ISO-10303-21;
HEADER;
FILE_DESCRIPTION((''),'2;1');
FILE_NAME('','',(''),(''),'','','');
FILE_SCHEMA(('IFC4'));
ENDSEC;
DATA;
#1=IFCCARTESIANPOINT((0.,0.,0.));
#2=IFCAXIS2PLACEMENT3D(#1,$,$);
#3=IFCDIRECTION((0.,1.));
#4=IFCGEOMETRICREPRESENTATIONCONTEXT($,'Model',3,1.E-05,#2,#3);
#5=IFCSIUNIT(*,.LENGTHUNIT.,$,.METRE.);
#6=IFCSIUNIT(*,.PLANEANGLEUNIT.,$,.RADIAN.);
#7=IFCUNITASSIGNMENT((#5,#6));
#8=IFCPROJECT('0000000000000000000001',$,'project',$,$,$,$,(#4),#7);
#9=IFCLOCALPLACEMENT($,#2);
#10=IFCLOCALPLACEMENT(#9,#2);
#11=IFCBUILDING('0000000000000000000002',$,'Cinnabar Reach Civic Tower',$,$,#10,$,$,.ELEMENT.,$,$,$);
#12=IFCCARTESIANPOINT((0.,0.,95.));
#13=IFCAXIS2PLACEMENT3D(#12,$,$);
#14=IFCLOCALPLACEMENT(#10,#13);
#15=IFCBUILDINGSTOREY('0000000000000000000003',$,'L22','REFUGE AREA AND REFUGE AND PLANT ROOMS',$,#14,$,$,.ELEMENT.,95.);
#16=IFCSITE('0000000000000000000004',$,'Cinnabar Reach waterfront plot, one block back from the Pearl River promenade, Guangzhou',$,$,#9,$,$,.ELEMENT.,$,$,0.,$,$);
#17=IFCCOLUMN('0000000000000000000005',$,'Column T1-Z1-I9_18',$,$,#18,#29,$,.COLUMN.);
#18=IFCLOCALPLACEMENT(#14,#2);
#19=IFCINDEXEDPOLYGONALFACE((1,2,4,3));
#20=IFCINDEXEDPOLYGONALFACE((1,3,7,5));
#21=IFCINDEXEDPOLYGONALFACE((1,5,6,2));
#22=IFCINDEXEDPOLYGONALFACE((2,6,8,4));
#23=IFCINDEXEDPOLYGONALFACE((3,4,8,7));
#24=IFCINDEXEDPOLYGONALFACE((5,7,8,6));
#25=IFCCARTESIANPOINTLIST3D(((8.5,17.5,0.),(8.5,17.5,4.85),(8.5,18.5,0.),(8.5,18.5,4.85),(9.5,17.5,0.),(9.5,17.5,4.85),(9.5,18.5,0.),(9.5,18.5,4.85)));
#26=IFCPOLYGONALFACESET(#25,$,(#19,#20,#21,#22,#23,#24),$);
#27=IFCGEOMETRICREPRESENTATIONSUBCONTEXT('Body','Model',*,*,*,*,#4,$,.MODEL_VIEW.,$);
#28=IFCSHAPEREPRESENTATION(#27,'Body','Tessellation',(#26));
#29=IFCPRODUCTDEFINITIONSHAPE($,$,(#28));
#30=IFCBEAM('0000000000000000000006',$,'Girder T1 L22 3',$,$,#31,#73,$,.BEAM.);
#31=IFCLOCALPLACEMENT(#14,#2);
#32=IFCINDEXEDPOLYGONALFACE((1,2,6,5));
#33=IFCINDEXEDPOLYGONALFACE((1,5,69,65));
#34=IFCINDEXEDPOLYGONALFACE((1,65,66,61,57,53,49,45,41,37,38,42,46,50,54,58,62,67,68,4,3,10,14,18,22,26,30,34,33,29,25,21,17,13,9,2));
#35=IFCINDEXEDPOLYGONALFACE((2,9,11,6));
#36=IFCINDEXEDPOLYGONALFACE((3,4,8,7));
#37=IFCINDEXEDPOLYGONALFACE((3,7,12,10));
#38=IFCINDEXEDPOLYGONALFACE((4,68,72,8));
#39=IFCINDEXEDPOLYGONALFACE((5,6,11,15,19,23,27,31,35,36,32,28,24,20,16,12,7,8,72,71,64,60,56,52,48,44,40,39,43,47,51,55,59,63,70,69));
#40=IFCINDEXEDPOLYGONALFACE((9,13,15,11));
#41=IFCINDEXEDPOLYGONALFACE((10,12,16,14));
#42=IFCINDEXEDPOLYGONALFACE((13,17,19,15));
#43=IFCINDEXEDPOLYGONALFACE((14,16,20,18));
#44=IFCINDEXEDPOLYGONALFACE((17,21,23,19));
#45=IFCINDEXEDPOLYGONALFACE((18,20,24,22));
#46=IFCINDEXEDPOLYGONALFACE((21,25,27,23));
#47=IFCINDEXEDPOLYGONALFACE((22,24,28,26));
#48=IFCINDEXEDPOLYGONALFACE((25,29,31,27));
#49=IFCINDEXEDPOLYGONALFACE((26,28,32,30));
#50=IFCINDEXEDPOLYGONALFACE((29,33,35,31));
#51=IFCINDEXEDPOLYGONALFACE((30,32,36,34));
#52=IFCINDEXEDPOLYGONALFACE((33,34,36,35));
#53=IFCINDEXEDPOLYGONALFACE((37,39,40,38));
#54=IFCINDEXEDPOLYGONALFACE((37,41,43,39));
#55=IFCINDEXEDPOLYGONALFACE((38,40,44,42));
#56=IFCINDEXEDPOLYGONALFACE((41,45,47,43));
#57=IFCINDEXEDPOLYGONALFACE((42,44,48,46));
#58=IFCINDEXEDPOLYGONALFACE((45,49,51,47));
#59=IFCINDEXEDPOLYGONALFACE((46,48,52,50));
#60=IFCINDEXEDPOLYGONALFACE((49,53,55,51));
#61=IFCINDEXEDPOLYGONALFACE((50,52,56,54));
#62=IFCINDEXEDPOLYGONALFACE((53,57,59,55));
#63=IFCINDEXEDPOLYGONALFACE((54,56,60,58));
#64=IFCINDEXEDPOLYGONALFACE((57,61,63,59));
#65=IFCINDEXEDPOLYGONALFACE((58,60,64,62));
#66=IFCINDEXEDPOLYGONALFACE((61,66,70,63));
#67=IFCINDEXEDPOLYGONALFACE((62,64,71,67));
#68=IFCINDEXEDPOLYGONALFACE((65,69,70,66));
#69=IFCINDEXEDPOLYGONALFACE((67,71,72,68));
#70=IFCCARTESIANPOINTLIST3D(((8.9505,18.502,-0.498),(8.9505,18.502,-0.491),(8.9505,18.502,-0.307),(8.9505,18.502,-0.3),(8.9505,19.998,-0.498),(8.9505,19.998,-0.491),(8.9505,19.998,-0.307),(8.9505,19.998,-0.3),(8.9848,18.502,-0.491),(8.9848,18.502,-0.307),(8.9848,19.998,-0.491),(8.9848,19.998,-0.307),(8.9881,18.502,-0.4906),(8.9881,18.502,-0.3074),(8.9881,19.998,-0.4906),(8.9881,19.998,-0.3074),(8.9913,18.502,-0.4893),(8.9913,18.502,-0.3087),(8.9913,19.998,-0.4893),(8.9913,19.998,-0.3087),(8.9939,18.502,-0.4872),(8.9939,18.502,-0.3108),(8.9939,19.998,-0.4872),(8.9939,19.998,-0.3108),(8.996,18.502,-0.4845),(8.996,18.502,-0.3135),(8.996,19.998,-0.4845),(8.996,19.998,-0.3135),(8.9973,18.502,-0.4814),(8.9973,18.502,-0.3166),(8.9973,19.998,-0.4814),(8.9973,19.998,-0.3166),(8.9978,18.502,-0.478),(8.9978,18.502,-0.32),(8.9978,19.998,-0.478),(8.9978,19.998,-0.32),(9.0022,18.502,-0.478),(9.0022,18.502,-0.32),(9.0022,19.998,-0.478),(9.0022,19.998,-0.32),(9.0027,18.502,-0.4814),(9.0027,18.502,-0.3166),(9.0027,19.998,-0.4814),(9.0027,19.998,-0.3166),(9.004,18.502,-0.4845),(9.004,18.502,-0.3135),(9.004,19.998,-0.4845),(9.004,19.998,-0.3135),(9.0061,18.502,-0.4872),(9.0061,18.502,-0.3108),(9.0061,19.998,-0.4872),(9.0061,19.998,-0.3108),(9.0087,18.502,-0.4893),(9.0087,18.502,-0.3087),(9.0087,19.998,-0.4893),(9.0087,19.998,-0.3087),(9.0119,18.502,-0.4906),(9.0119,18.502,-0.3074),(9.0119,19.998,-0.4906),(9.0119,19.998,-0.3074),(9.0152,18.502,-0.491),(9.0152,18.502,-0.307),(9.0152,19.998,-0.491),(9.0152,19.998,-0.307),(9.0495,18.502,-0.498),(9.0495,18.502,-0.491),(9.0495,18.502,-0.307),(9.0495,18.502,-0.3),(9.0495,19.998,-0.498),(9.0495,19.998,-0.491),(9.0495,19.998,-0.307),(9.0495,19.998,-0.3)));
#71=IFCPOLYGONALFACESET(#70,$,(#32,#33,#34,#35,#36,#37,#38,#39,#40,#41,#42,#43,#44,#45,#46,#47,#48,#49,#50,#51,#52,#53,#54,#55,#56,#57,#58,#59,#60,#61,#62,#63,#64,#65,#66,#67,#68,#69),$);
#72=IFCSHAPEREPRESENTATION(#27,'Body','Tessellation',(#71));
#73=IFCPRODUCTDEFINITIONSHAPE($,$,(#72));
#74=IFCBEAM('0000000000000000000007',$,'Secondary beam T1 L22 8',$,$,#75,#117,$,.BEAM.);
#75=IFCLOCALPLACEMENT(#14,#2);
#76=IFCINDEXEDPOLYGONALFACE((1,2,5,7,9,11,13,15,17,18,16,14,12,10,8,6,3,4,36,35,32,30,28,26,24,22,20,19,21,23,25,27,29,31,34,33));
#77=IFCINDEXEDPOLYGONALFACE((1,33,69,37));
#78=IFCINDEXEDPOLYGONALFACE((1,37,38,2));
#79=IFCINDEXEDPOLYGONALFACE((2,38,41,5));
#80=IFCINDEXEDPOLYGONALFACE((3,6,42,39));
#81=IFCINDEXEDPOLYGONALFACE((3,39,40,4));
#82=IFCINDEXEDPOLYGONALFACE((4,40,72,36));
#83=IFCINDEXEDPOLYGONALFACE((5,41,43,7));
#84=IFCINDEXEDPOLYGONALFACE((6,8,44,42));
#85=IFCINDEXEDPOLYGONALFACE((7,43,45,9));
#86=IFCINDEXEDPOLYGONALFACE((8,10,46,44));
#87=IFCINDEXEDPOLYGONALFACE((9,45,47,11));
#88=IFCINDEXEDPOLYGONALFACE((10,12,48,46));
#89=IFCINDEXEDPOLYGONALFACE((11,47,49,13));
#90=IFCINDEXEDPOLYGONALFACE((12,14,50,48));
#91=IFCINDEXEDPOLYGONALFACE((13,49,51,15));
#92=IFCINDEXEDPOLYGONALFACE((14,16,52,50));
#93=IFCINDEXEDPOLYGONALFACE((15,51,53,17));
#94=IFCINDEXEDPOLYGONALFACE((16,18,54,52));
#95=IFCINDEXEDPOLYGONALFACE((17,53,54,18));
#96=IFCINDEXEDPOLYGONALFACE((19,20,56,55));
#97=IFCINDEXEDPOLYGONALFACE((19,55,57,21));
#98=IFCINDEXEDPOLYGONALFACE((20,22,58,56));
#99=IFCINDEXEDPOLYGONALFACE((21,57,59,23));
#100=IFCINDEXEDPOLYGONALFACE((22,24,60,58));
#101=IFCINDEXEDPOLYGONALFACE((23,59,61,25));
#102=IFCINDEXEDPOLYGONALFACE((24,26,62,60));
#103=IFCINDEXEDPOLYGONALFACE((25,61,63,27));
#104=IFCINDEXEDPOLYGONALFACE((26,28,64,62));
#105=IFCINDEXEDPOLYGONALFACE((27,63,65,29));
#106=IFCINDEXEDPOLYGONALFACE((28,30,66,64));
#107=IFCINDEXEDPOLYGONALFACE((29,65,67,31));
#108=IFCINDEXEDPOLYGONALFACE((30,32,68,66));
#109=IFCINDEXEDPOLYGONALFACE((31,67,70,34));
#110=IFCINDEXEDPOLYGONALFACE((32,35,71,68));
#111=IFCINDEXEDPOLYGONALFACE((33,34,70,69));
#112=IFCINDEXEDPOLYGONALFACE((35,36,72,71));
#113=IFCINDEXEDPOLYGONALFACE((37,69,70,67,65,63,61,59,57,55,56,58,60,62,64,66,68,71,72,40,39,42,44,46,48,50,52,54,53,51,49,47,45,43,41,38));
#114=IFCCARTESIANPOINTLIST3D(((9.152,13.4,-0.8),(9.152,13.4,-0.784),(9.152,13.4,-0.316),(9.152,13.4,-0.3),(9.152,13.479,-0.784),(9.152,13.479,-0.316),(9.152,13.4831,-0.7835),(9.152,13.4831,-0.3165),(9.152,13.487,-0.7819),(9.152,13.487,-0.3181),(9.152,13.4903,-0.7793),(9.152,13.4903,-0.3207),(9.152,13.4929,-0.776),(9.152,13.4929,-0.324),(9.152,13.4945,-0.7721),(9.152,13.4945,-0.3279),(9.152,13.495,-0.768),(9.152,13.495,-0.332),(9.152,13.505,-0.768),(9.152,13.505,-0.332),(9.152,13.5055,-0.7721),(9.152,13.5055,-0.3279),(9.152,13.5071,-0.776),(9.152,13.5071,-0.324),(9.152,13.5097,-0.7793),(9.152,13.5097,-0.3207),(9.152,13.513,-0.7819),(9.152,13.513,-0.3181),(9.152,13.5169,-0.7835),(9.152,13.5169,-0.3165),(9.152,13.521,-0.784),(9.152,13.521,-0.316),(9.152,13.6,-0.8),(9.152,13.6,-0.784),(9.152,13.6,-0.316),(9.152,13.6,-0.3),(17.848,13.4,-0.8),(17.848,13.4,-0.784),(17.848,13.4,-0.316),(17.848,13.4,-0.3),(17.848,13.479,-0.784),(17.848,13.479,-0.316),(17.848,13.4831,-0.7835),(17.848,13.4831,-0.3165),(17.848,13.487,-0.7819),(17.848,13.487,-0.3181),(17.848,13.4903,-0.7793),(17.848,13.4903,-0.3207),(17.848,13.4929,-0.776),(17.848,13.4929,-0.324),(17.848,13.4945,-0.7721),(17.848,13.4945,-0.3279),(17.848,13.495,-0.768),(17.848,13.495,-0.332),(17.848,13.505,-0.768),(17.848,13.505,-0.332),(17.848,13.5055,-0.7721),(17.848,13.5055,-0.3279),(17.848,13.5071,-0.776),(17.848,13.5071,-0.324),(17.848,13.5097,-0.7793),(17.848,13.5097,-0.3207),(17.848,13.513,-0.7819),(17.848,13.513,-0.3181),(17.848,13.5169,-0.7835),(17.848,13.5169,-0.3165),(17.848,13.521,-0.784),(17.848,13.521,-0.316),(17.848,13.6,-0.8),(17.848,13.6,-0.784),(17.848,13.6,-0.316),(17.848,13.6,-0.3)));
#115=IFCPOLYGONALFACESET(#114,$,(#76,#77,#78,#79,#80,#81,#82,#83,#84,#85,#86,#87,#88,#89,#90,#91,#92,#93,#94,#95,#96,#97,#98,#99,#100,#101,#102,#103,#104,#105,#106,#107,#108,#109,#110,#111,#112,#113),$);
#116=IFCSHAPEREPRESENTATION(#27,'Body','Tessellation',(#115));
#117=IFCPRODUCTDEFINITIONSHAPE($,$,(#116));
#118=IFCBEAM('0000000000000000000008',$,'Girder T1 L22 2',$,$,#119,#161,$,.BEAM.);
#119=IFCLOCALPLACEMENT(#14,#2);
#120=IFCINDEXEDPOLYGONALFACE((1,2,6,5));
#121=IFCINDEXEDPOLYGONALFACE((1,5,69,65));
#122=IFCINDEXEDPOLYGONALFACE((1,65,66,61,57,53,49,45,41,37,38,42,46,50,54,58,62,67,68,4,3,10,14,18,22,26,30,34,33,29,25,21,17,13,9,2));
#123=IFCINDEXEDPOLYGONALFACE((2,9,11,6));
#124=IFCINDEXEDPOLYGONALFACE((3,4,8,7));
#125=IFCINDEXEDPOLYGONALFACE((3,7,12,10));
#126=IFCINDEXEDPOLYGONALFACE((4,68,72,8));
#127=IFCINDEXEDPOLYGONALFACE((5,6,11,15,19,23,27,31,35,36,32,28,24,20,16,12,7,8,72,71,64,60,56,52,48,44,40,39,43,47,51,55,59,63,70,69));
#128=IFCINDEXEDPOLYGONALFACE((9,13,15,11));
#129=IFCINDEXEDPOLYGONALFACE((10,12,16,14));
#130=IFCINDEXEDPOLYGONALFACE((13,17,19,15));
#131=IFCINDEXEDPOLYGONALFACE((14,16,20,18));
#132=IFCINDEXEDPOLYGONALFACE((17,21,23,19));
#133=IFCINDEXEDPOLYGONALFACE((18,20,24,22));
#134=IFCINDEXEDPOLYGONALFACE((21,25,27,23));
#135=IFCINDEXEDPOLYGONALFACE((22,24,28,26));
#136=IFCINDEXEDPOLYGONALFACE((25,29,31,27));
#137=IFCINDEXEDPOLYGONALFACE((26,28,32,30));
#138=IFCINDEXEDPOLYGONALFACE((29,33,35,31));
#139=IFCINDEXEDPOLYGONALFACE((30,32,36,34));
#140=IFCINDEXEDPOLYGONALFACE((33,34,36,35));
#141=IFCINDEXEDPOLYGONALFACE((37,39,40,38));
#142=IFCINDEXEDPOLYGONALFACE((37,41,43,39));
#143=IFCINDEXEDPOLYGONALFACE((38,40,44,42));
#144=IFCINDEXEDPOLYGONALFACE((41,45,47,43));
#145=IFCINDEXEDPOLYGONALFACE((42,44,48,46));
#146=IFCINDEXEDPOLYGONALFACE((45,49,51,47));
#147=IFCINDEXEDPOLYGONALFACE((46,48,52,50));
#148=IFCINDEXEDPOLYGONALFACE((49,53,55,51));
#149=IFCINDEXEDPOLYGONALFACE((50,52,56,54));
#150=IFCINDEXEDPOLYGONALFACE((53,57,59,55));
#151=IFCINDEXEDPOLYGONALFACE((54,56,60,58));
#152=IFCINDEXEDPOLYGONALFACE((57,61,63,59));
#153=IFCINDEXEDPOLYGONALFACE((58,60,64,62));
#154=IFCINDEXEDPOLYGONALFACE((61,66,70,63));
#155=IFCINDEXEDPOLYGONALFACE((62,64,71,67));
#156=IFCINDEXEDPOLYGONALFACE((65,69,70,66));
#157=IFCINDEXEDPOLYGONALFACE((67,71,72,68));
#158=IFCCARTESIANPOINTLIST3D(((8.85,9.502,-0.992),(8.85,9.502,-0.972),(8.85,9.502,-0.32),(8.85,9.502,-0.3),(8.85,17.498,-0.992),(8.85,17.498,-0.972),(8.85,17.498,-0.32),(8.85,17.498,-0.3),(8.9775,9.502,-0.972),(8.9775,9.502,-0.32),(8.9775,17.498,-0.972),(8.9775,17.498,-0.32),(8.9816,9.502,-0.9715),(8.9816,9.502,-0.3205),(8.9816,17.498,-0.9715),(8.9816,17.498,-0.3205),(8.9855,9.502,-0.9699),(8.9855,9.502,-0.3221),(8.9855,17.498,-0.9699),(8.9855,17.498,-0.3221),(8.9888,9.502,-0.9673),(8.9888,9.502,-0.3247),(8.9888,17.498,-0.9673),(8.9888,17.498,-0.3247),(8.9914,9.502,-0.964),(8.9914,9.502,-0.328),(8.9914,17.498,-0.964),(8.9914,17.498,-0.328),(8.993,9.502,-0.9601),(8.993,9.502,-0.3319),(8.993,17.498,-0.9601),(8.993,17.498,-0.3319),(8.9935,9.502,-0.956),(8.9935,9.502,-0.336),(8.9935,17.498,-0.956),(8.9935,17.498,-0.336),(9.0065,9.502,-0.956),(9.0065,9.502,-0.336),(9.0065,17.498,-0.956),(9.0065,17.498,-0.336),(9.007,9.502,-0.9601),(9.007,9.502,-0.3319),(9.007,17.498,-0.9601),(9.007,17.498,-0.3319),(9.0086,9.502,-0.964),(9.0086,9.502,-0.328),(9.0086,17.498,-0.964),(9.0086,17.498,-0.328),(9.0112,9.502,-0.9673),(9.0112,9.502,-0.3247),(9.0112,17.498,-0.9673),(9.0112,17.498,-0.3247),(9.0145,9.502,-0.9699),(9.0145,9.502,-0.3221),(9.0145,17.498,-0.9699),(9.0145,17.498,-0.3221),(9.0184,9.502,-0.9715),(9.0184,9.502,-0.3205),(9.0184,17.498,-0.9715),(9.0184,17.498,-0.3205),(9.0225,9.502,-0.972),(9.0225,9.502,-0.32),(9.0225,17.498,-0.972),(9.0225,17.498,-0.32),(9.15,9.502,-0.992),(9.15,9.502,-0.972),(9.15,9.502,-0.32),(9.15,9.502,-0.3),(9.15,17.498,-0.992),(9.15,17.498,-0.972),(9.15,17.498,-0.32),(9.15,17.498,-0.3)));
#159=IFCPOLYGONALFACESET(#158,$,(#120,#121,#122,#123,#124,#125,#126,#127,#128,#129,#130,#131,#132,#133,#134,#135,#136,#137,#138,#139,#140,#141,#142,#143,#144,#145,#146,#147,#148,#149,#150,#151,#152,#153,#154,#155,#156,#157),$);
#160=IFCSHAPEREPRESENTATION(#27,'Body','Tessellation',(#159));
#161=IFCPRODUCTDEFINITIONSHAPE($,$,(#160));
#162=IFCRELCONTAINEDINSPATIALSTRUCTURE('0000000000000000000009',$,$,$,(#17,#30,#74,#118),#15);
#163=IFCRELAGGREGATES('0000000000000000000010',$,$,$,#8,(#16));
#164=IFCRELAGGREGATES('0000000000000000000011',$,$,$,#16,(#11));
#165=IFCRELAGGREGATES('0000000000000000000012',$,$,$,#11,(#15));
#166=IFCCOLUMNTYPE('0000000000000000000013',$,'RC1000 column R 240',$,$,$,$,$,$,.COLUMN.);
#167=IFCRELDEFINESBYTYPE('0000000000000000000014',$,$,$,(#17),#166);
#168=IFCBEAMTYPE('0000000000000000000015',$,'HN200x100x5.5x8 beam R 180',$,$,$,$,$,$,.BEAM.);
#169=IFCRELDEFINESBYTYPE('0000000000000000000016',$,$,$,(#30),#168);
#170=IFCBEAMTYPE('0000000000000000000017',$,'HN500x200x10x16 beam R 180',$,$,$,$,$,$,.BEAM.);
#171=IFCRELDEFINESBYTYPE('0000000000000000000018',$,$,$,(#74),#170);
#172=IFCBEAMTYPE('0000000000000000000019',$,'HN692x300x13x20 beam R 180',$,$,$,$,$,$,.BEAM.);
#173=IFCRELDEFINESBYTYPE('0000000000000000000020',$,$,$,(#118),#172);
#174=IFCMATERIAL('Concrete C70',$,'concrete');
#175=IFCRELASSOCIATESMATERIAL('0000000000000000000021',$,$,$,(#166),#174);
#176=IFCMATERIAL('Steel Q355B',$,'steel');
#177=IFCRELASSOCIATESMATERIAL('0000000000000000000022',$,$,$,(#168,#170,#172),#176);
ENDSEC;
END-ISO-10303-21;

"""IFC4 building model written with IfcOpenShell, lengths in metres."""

from ifc_helpers import new_model, si_unit, direction, frame, origin, origin_2d, place, context, subcontext, project, spatial, rectangle, i_section, extrude, material, material_profile, profile_set, type_object, element, save


model = new_model("IFC4")

# Units and contexts
model_context = context("Model", 3, precision=1e-05, world=origin(), true_north=direction((0.0, 1.0)))
body_context = subcontext(model_context, "Body", "Model", "MODEL_VIEW")
ifc_project = project(units=[si_unit("LENGTHUNIT", "METRE"), si_unit("PLANEANGLEUNIT", "RADIAN")], contexts=[model_context])

# Site, building, storey
site_placement = place(None, origin())
site = spatial("IfcSite", under=ifc_project, at=site_placement, Name="Cinnabar Reach waterfront plot, one block back from the Pearl River promenade, Guangzhou", CompositionType="ELEMENT", RefElevation=0.0)
building_placement = place(site_placement, origin())
building = spatial("IfcBuilding", under=site, at=building_placement, Name="Cinnabar Reach Civic Tower", CompositionType="ELEMENT")
storey_placement = place(building_placement, frame((0.0, 0.0, 95.0)))
storey = spatial("IfcBuildingStorey", under=building, at=storey_placement, Name="L22", Description="REFUGE AREA AND REFUGE AND PLANT ROOMS", CompositionType="ELEMENT", Elevation=95.0)

# Column
ifc_material_1 = material(Name="Concrete C70", Category="concrete")
ifc_material_profile_1 = material_profile(ifc_material_1, rectangle(XDim=1.0, YDim=1.0, at=origin_2d()), Name="RC1000")
ifc_profile_set_1 = profile_set([ifc_material_profile_1], Name="Concrete C70")
column_type = type_object("IfcColumnType", Name="RC1000 column R 240", PredefinedType="COLUMN", material=ifc_profile_set_1)
column_placement = place(storey_placement, frame((9.0, 18.0, 0.0), z_axis=(0.0, 0.0, 1.0), x_axis=(1.0, 0.0, 0.0)))
element("IfcColumn", 1, at=column_placement, inside=storey, type_object=column_type, Name="Column T1-Z1-I9_18", PredefinedType="COLUMN", context=body_context, shape_type="SweptSolid", body=[
    extrude(rectangle(XDim=1.0, YDim=1.0, at=origin_2d()), origin(), (0.0, 0.0, 1.0), 4.85),
])

# Beams
ifc_material_2 = material(Name="Steel Q355B", Category="steel")
ifc_material_profile_2 = material_profile(ifc_material_2, i_section(OverallWidth=0.099, OverallDepth=0.198, WebThickness=0.0045, FlangeThickness=0.007, FilletRadius=0.013, at=origin_2d()), Name="HN200x100x5.5x8")
ifc_profile_set_2 = profile_set([ifc_material_profile_2], Name="Steel Q355B")
beam_type_1 = type_object("IfcBeamType", Name="HN200x100x5.5x8 beam R 180", PredefinedType="BEAM", material=ifc_profile_set_2)
beam_1_placement = place(storey_placement, frame((9.0, 18.502, -0.399), z_axis=(0.0, 1.0, 0.0), x_axis=(-1.0, 0.0, 0.0)))
element("IfcBeam", 2, at=beam_1_placement, inside=storey, type_object=beam_type_1, Name="Girder T1 L22 3", PredefinedType="BEAM", context=body_context, shape_type="SweptSolid", body=[
    extrude(i_section(OverallWidth=0.099, OverallDepth=0.198, WebThickness=0.0045, FlangeThickness=0.007, FilletRadius=0.013, at=origin_2d()), origin(), (0.0, 0.0, 1.0), 1.496),
])
ifc_material_profile_3 = material_profile(ifc_material_2, i_section(OverallWidth=0.2, OverallDepth=0.5, WebThickness=0.01, FlangeThickness=0.016, FilletRadius=0.016, at=origin_2d()), Name="HN500x200x10x16")
ifc_profile_set_3 = profile_set([ifc_material_profile_3], Name="Steel Q355B")
beam_type_2 = type_object("IfcBeamType", Name="HN500x200x10x16 beam R 180", PredefinedType="BEAM", material=ifc_profile_set_3)
beam_2_placement = place(storey_placement, frame((9.152, 13.5, -0.55), z_axis=(1.0, 0.0, 0.0), x_axis=(0.0, 1.0, 0.0)))
element("IfcBeam", 3, at=beam_2_placement, inside=storey, type_object=beam_type_2, Name="Secondary beam T1 L22 8", PredefinedType="BEAM", context=body_context, shape_type="SweptSolid", body=[
    extrude(i_section(OverallWidth=0.2, OverallDepth=0.5, WebThickness=0.01, FlangeThickness=0.016, FilletRadius=0.016, at=origin_2d()), origin(), (0.0, 0.0, 1.0), 8.696),
])
ifc_material_profile_4 = material_profile(ifc_material_2, i_section(OverallWidth=0.3, OverallDepth=0.692, WebThickness=0.013, FlangeThickness=0.02, FilletRadius=0.016, at=origin_2d()), Name="HN692x300x13x20")
ifc_profile_set_4 = profile_set([ifc_material_profile_4], Name="Steel Q355B")
beam_type_3 = type_object("IfcBeamType", Name="HN692x300x13x20 beam R 180", PredefinedType="BEAM", material=ifc_profile_set_4)
beam_3_placement = place(storey_placement, frame((9.0, 9.502, -0.646), z_axis=(0.0, 1.0, 0.0), x_axis=(-1.0, 0.0, 0.0)))
element("IfcBeam", 4, at=beam_3_placement, inside=storey, type_object=beam_type_3, Name="Girder T1 L22 2", PredefinedType="BEAM", context=body_context, shape_type="SweptSolid", body=[
    extrude(i_section(OverallWidth=0.3, OverallDepth=0.692, WebThickness=0.013, FlangeThickness=0.02, FilletRadius=0.016, at=origin_2d()), origin(), (0.0, 0.0, 1.0), 7.996),
])

save(model, "model.ifc")
